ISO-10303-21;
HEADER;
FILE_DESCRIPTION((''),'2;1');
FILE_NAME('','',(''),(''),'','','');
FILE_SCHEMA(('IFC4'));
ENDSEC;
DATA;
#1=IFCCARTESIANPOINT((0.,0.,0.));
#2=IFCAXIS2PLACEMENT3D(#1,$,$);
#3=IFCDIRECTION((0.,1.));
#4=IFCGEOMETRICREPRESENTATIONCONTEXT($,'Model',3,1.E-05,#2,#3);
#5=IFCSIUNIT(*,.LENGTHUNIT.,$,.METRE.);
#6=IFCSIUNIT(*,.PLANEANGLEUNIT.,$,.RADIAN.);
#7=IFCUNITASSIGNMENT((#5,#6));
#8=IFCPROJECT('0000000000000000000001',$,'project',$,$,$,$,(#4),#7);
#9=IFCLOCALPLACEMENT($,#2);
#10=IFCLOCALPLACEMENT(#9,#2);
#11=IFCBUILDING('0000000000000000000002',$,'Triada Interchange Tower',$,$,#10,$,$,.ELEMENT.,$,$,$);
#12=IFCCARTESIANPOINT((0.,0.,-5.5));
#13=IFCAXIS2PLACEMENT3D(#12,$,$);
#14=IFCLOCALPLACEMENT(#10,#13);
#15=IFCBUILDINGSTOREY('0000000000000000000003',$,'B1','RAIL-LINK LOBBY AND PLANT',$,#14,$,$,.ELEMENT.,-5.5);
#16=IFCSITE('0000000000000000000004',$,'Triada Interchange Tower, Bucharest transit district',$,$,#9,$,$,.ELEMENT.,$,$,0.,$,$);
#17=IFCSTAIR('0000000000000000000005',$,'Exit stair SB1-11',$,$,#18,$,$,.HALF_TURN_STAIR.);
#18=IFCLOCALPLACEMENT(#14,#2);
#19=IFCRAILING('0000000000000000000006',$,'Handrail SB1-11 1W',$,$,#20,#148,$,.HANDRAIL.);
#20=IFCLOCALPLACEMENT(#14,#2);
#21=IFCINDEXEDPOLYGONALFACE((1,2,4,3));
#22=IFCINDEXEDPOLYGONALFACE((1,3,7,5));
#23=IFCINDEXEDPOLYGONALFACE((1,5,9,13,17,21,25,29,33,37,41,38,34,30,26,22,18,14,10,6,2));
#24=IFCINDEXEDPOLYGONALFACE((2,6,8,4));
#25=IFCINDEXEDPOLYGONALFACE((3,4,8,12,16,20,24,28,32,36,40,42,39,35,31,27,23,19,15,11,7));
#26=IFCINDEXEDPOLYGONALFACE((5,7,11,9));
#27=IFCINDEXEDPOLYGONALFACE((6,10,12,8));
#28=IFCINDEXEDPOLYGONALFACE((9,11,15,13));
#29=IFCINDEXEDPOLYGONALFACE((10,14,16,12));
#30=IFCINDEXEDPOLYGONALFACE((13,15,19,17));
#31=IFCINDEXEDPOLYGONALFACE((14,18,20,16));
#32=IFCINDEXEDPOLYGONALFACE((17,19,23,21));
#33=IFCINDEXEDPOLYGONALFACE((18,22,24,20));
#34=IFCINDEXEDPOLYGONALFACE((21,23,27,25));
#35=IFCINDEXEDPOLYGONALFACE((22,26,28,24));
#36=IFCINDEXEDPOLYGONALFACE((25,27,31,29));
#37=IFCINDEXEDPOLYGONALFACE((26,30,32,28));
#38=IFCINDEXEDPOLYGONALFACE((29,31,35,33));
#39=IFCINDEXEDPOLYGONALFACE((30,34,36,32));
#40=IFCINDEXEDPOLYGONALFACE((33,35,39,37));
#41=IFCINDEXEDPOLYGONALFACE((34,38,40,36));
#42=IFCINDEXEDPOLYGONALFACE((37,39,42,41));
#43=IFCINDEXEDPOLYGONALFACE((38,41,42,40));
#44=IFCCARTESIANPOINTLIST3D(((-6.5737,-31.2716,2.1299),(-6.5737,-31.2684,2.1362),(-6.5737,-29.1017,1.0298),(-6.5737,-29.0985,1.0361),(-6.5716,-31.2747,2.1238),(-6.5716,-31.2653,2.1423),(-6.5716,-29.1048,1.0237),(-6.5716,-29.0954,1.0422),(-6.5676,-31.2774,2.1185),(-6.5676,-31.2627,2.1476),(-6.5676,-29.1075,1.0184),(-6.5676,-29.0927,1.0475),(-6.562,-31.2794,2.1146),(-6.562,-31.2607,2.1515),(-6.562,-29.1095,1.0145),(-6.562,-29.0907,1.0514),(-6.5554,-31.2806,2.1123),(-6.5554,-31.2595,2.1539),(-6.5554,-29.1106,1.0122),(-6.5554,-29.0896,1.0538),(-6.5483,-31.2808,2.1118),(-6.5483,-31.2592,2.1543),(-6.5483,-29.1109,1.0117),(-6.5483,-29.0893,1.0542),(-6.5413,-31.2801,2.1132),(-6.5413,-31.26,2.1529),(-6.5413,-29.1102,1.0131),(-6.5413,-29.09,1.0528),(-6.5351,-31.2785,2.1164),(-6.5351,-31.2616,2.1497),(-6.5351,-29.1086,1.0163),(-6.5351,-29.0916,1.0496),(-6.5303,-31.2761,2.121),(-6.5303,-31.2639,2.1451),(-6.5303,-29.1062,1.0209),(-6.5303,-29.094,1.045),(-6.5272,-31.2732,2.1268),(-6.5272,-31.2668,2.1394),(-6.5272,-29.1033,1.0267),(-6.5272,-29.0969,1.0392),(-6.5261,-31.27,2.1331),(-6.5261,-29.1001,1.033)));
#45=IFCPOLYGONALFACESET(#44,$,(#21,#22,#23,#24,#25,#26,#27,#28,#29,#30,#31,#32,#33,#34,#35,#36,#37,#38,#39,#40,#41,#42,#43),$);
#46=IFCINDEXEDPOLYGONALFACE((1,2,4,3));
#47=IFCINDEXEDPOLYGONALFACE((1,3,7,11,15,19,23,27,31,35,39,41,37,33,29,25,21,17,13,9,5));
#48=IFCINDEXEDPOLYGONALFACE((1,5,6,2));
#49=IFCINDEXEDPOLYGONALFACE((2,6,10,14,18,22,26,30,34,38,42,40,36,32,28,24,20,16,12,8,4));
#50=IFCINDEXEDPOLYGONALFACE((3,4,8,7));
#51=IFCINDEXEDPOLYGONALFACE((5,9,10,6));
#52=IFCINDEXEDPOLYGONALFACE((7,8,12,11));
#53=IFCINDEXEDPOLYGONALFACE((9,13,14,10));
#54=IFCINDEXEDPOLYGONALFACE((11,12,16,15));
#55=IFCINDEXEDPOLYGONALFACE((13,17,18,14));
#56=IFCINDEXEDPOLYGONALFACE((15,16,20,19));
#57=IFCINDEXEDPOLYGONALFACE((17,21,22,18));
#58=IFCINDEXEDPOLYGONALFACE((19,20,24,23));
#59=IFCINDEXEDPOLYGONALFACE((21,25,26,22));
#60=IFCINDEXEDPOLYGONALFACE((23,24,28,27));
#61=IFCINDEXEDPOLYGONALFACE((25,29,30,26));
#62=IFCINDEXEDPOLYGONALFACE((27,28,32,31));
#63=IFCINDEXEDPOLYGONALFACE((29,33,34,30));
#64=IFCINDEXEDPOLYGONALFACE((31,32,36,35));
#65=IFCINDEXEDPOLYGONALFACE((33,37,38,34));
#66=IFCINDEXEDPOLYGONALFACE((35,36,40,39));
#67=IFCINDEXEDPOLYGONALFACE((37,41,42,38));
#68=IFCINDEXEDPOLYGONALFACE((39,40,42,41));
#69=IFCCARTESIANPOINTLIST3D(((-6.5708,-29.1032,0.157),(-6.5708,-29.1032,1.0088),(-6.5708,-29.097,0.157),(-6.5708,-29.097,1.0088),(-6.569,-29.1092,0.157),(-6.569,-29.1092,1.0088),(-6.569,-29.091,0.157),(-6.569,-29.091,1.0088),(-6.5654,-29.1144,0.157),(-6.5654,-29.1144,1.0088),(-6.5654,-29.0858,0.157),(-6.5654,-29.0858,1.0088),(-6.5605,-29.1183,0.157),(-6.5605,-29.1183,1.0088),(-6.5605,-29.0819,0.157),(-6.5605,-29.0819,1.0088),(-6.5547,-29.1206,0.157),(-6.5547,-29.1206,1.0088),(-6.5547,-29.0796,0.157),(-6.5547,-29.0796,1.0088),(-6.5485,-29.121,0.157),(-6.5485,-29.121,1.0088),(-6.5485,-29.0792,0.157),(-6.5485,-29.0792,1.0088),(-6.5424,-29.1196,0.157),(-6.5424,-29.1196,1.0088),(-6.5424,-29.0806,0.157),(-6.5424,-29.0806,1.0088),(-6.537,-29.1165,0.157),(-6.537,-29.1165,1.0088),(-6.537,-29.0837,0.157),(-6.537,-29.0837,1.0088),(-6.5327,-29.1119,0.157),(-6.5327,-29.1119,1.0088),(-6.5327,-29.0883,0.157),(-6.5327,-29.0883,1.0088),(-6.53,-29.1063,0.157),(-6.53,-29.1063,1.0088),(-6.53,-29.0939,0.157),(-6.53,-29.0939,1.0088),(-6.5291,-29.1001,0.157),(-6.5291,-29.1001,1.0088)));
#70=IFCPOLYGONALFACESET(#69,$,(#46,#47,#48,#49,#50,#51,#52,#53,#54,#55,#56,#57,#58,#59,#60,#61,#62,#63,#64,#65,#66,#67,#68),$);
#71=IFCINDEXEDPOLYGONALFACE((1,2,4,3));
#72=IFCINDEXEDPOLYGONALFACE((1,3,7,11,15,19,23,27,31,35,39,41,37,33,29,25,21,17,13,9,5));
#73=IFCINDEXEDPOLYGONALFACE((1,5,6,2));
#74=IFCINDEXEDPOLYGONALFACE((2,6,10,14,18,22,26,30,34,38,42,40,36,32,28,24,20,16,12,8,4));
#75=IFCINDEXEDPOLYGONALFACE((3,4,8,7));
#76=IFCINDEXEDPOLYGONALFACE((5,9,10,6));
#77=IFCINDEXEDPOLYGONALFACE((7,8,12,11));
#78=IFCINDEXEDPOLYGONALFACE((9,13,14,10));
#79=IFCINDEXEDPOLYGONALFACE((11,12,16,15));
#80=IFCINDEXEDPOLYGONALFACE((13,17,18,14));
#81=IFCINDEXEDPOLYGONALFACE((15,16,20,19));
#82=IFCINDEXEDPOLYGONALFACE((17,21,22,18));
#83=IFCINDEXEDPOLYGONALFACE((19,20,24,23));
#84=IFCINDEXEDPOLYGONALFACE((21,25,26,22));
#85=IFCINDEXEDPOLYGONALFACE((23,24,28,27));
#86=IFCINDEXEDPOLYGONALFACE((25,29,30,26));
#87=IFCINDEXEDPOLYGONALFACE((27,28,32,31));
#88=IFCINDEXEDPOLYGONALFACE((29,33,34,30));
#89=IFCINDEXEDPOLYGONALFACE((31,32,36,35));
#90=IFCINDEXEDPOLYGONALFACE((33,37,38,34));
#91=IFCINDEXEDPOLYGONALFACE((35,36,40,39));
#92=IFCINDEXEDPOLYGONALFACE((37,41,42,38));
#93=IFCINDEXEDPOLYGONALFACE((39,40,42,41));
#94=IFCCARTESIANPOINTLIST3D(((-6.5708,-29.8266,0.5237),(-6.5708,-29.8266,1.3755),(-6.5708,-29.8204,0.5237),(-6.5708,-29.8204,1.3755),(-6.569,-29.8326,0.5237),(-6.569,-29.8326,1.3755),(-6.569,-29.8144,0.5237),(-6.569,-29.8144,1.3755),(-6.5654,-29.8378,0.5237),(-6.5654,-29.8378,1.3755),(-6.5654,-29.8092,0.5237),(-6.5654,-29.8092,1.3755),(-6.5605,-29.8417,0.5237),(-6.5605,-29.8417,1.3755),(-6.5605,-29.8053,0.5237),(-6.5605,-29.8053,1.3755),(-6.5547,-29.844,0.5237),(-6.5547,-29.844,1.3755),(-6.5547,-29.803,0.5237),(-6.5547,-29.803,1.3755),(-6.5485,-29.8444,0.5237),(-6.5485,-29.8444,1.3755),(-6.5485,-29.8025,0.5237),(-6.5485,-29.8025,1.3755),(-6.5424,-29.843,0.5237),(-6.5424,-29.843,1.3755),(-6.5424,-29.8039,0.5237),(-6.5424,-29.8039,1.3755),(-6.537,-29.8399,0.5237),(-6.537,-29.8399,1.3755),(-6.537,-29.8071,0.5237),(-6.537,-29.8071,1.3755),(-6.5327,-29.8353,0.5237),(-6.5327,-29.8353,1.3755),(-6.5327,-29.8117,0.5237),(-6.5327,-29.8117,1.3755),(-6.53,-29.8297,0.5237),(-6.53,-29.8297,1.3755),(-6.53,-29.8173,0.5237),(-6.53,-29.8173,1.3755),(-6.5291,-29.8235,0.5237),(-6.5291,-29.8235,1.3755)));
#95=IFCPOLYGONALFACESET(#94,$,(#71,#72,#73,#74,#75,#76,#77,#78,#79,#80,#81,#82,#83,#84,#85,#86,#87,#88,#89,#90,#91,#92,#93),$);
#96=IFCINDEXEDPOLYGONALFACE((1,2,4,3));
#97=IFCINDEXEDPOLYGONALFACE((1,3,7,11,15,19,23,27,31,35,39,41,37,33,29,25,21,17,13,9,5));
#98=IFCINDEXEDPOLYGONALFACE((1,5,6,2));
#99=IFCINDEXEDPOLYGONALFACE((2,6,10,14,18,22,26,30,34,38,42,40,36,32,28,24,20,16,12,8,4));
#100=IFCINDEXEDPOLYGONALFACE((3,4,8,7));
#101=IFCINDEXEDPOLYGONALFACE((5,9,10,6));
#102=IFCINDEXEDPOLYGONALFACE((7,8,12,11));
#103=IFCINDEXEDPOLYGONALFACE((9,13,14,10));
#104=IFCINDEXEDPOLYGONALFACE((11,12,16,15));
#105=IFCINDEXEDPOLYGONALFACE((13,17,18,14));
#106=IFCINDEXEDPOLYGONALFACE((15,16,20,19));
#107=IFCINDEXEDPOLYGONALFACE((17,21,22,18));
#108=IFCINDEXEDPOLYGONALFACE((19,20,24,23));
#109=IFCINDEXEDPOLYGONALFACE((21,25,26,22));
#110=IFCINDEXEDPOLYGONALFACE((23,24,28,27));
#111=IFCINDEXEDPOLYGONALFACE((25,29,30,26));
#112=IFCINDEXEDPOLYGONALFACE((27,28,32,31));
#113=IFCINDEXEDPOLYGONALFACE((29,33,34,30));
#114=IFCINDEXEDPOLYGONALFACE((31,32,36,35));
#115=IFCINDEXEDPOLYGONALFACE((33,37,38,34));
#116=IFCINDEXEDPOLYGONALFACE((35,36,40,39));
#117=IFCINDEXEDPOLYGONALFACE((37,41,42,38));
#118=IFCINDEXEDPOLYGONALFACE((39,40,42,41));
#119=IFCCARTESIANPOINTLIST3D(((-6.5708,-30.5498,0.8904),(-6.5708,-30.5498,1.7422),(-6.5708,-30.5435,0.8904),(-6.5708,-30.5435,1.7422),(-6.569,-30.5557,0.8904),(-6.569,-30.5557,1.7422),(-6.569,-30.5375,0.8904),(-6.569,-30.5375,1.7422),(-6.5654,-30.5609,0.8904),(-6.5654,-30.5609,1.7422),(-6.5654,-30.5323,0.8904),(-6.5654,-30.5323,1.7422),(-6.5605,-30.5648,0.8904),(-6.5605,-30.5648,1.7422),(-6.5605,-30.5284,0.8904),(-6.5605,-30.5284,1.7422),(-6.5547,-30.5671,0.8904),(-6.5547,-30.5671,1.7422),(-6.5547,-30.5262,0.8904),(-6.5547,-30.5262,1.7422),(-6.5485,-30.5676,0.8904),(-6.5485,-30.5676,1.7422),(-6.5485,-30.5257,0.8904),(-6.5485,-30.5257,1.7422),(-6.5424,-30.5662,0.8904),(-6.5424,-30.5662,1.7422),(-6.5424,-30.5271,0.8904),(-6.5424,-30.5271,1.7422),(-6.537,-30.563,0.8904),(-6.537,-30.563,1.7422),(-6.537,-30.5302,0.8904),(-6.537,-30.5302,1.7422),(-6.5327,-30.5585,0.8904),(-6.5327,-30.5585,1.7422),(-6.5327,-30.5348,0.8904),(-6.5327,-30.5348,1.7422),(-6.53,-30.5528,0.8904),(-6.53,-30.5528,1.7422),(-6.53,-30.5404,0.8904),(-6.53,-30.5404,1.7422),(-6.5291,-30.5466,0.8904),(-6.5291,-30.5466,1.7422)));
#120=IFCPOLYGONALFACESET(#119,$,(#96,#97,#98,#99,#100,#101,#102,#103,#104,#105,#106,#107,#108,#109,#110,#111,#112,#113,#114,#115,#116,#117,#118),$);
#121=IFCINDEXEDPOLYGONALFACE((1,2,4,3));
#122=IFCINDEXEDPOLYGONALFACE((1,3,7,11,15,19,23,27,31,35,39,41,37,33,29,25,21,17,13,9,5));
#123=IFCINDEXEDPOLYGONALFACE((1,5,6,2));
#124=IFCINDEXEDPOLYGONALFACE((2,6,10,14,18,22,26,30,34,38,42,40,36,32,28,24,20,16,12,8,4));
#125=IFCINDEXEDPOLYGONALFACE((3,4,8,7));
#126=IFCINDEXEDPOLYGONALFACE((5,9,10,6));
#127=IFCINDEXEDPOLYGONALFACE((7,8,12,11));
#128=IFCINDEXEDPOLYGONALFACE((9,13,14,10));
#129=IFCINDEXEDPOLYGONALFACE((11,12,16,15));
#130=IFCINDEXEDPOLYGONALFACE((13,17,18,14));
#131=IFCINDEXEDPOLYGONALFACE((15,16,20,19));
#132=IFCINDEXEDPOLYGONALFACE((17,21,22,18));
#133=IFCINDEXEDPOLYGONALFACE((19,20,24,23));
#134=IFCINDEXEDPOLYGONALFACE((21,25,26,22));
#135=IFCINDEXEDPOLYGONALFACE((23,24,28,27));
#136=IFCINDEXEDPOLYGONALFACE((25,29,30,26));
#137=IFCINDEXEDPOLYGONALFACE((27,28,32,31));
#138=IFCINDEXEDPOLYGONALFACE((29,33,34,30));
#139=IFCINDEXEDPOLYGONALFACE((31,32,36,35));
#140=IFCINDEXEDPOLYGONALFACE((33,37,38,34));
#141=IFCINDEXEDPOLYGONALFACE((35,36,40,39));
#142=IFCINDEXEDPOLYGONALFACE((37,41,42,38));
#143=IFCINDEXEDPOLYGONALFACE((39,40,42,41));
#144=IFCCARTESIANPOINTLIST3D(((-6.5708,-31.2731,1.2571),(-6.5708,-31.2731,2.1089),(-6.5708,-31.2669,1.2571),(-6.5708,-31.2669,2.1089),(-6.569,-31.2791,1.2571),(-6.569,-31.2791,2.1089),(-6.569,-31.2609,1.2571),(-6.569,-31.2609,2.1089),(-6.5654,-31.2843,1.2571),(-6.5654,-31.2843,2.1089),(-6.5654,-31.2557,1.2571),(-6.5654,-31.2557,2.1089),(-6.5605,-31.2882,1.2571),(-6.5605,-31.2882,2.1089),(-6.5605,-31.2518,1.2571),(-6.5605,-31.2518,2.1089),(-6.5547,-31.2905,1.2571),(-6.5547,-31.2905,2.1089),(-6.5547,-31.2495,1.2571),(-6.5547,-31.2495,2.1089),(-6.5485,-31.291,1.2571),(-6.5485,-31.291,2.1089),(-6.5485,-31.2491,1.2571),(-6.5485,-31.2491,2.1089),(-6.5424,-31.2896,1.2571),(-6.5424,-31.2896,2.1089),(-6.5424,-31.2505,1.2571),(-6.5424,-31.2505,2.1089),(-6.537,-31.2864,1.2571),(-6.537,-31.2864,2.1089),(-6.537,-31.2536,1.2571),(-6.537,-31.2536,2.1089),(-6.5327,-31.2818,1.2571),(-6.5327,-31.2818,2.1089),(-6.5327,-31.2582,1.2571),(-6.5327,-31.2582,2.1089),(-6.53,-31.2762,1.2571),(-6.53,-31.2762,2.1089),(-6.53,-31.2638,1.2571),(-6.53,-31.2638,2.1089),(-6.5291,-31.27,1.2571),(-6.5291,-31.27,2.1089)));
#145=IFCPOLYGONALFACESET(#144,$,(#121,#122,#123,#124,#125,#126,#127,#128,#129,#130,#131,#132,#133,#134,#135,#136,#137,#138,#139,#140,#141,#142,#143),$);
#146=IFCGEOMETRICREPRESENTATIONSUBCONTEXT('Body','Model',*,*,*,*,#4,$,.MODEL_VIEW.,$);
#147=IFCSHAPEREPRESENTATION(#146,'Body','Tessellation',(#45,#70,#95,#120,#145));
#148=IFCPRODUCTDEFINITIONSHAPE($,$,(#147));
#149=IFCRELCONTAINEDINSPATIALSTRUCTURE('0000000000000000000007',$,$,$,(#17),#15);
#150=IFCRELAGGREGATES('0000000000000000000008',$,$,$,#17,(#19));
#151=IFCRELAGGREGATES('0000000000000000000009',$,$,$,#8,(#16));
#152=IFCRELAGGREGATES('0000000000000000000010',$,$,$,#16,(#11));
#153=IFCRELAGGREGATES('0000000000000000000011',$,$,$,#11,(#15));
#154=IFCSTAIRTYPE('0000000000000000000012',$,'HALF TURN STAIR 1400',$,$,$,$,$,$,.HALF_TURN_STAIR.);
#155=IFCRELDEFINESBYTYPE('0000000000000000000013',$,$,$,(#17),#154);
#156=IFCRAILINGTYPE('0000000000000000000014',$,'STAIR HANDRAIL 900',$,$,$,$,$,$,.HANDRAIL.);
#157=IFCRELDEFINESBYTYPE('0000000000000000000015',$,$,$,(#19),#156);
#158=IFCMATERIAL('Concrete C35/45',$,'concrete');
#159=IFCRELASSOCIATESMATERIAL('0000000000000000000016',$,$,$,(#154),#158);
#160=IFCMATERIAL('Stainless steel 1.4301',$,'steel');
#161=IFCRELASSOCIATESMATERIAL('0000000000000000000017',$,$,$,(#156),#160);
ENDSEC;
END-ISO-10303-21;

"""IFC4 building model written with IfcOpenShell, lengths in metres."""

from ifc_helpers import new_model, si_unit, direction, frame, origin, origin_2d, place, context, subcontext, project, spatial, circle, extrude, material, type_object, element, aggregate, save


model = new_model("IFC4")

# Units and contexts
model_context = context("Model", 3, precision=1e-05, world=origin(), true_north=direction((0.0, 1.0)))
body_context = subcontext(model_context, "Body", "Model", "MODEL_VIEW")
ifc_project = project(units=[si_unit("LENGTHUNIT", "METRE"), si_unit("PLANEANGLEUNIT", "RADIAN")], contexts=[model_context])

# Site, building, storey
site_placement = place(None, origin())
site = spatial("IfcSite", under=ifc_project, at=site_placement, Name="Triada Interchange Tower, Bucharest transit district", CompositionType="ELEMENT", RefElevation=0.0)
building_placement = place(site_placement, origin())
building = spatial("IfcBuilding", under=site, at=building_placement, Name="Triada Interchange Tower", CompositionType="ELEMENT")
storey_placement = place(building_placement, frame((0.0, 0.0, -5.5)))
storey = spatial("IfcBuildingStorey", under=building, at=storey_placement, Name="B1", Description="RAIL-LINK LOBBY AND PLANT", CompositionType="ELEMENT", Elevation=-5.5)

# Shared definitions
ifc_material_1 = material(Name="Concrete C35/45", Category="concrete")

# Stair, railing
stair_type = type_object("IfcStairType", Name="HALF TURN STAIR 1400", PredefinedType="HALF_TURN_STAIR", material=ifc_material_1)
stair_placement = place(storey_placement, origin())
stair = element("IfcStair", 1, at=stair_placement, inside=storey, type_object=stair_type, Name="Exit stair SB1-11", PredefinedType="HALF_TURN_STAIR")
ifc_material_2 = material(Name="Stainless steel 1.4301", Category="steel")
railing_type_1 = type_object("IfcRailingType", Name="STAIR HANDRAIL 900", PredefinedType="HANDRAIL", material=ifc_material_2)
railing_1_placement = place(storey_placement, frame((-6.55, -29.1001, 0.157)))
railing_1 = element("IfcRailing", 2, at=railing_1_placement, type_object=railing_type_1, Name="Handrail SB1-11 1W", PredefinedType="HANDRAIL", context=body_context, shape_type="SweptSolid", body=[
    extrude(circle(Radius=0.0239, at=origin_2d()), frame((0.0, 0.0, 0.876), z_axis=(0.0, -0.891925, 0.452184), x_axis=(1.0, 0.0, 0.0)), (0.0, 0.0, 1.0), 2.4329),
    extrude(circle(Radius=0.021, at=origin_2d()), origin(), (0.0, 0.0, 1.0), 0.8518),
    extrude(circle(Radius=0.021, at=origin_2d()), frame((0.0, -0.7234, 0.3667)), (0.0, 0.0, 1.0), 0.8518),
    extrude(circle(Radius=0.021, at=origin_2d()), frame((0.0, -1.4465, 0.7334)), (0.0, 0.0, 1.0), 0.8518),
    extrude(circle(Radius=0.021, at=origin_2d()), frame((0.0, -2.1699, 1.1001)), (0.0, 0.0, 1.0), 0.8518),
])
aggregate(stair, [railing_1])

save(model, "model.ifc")
